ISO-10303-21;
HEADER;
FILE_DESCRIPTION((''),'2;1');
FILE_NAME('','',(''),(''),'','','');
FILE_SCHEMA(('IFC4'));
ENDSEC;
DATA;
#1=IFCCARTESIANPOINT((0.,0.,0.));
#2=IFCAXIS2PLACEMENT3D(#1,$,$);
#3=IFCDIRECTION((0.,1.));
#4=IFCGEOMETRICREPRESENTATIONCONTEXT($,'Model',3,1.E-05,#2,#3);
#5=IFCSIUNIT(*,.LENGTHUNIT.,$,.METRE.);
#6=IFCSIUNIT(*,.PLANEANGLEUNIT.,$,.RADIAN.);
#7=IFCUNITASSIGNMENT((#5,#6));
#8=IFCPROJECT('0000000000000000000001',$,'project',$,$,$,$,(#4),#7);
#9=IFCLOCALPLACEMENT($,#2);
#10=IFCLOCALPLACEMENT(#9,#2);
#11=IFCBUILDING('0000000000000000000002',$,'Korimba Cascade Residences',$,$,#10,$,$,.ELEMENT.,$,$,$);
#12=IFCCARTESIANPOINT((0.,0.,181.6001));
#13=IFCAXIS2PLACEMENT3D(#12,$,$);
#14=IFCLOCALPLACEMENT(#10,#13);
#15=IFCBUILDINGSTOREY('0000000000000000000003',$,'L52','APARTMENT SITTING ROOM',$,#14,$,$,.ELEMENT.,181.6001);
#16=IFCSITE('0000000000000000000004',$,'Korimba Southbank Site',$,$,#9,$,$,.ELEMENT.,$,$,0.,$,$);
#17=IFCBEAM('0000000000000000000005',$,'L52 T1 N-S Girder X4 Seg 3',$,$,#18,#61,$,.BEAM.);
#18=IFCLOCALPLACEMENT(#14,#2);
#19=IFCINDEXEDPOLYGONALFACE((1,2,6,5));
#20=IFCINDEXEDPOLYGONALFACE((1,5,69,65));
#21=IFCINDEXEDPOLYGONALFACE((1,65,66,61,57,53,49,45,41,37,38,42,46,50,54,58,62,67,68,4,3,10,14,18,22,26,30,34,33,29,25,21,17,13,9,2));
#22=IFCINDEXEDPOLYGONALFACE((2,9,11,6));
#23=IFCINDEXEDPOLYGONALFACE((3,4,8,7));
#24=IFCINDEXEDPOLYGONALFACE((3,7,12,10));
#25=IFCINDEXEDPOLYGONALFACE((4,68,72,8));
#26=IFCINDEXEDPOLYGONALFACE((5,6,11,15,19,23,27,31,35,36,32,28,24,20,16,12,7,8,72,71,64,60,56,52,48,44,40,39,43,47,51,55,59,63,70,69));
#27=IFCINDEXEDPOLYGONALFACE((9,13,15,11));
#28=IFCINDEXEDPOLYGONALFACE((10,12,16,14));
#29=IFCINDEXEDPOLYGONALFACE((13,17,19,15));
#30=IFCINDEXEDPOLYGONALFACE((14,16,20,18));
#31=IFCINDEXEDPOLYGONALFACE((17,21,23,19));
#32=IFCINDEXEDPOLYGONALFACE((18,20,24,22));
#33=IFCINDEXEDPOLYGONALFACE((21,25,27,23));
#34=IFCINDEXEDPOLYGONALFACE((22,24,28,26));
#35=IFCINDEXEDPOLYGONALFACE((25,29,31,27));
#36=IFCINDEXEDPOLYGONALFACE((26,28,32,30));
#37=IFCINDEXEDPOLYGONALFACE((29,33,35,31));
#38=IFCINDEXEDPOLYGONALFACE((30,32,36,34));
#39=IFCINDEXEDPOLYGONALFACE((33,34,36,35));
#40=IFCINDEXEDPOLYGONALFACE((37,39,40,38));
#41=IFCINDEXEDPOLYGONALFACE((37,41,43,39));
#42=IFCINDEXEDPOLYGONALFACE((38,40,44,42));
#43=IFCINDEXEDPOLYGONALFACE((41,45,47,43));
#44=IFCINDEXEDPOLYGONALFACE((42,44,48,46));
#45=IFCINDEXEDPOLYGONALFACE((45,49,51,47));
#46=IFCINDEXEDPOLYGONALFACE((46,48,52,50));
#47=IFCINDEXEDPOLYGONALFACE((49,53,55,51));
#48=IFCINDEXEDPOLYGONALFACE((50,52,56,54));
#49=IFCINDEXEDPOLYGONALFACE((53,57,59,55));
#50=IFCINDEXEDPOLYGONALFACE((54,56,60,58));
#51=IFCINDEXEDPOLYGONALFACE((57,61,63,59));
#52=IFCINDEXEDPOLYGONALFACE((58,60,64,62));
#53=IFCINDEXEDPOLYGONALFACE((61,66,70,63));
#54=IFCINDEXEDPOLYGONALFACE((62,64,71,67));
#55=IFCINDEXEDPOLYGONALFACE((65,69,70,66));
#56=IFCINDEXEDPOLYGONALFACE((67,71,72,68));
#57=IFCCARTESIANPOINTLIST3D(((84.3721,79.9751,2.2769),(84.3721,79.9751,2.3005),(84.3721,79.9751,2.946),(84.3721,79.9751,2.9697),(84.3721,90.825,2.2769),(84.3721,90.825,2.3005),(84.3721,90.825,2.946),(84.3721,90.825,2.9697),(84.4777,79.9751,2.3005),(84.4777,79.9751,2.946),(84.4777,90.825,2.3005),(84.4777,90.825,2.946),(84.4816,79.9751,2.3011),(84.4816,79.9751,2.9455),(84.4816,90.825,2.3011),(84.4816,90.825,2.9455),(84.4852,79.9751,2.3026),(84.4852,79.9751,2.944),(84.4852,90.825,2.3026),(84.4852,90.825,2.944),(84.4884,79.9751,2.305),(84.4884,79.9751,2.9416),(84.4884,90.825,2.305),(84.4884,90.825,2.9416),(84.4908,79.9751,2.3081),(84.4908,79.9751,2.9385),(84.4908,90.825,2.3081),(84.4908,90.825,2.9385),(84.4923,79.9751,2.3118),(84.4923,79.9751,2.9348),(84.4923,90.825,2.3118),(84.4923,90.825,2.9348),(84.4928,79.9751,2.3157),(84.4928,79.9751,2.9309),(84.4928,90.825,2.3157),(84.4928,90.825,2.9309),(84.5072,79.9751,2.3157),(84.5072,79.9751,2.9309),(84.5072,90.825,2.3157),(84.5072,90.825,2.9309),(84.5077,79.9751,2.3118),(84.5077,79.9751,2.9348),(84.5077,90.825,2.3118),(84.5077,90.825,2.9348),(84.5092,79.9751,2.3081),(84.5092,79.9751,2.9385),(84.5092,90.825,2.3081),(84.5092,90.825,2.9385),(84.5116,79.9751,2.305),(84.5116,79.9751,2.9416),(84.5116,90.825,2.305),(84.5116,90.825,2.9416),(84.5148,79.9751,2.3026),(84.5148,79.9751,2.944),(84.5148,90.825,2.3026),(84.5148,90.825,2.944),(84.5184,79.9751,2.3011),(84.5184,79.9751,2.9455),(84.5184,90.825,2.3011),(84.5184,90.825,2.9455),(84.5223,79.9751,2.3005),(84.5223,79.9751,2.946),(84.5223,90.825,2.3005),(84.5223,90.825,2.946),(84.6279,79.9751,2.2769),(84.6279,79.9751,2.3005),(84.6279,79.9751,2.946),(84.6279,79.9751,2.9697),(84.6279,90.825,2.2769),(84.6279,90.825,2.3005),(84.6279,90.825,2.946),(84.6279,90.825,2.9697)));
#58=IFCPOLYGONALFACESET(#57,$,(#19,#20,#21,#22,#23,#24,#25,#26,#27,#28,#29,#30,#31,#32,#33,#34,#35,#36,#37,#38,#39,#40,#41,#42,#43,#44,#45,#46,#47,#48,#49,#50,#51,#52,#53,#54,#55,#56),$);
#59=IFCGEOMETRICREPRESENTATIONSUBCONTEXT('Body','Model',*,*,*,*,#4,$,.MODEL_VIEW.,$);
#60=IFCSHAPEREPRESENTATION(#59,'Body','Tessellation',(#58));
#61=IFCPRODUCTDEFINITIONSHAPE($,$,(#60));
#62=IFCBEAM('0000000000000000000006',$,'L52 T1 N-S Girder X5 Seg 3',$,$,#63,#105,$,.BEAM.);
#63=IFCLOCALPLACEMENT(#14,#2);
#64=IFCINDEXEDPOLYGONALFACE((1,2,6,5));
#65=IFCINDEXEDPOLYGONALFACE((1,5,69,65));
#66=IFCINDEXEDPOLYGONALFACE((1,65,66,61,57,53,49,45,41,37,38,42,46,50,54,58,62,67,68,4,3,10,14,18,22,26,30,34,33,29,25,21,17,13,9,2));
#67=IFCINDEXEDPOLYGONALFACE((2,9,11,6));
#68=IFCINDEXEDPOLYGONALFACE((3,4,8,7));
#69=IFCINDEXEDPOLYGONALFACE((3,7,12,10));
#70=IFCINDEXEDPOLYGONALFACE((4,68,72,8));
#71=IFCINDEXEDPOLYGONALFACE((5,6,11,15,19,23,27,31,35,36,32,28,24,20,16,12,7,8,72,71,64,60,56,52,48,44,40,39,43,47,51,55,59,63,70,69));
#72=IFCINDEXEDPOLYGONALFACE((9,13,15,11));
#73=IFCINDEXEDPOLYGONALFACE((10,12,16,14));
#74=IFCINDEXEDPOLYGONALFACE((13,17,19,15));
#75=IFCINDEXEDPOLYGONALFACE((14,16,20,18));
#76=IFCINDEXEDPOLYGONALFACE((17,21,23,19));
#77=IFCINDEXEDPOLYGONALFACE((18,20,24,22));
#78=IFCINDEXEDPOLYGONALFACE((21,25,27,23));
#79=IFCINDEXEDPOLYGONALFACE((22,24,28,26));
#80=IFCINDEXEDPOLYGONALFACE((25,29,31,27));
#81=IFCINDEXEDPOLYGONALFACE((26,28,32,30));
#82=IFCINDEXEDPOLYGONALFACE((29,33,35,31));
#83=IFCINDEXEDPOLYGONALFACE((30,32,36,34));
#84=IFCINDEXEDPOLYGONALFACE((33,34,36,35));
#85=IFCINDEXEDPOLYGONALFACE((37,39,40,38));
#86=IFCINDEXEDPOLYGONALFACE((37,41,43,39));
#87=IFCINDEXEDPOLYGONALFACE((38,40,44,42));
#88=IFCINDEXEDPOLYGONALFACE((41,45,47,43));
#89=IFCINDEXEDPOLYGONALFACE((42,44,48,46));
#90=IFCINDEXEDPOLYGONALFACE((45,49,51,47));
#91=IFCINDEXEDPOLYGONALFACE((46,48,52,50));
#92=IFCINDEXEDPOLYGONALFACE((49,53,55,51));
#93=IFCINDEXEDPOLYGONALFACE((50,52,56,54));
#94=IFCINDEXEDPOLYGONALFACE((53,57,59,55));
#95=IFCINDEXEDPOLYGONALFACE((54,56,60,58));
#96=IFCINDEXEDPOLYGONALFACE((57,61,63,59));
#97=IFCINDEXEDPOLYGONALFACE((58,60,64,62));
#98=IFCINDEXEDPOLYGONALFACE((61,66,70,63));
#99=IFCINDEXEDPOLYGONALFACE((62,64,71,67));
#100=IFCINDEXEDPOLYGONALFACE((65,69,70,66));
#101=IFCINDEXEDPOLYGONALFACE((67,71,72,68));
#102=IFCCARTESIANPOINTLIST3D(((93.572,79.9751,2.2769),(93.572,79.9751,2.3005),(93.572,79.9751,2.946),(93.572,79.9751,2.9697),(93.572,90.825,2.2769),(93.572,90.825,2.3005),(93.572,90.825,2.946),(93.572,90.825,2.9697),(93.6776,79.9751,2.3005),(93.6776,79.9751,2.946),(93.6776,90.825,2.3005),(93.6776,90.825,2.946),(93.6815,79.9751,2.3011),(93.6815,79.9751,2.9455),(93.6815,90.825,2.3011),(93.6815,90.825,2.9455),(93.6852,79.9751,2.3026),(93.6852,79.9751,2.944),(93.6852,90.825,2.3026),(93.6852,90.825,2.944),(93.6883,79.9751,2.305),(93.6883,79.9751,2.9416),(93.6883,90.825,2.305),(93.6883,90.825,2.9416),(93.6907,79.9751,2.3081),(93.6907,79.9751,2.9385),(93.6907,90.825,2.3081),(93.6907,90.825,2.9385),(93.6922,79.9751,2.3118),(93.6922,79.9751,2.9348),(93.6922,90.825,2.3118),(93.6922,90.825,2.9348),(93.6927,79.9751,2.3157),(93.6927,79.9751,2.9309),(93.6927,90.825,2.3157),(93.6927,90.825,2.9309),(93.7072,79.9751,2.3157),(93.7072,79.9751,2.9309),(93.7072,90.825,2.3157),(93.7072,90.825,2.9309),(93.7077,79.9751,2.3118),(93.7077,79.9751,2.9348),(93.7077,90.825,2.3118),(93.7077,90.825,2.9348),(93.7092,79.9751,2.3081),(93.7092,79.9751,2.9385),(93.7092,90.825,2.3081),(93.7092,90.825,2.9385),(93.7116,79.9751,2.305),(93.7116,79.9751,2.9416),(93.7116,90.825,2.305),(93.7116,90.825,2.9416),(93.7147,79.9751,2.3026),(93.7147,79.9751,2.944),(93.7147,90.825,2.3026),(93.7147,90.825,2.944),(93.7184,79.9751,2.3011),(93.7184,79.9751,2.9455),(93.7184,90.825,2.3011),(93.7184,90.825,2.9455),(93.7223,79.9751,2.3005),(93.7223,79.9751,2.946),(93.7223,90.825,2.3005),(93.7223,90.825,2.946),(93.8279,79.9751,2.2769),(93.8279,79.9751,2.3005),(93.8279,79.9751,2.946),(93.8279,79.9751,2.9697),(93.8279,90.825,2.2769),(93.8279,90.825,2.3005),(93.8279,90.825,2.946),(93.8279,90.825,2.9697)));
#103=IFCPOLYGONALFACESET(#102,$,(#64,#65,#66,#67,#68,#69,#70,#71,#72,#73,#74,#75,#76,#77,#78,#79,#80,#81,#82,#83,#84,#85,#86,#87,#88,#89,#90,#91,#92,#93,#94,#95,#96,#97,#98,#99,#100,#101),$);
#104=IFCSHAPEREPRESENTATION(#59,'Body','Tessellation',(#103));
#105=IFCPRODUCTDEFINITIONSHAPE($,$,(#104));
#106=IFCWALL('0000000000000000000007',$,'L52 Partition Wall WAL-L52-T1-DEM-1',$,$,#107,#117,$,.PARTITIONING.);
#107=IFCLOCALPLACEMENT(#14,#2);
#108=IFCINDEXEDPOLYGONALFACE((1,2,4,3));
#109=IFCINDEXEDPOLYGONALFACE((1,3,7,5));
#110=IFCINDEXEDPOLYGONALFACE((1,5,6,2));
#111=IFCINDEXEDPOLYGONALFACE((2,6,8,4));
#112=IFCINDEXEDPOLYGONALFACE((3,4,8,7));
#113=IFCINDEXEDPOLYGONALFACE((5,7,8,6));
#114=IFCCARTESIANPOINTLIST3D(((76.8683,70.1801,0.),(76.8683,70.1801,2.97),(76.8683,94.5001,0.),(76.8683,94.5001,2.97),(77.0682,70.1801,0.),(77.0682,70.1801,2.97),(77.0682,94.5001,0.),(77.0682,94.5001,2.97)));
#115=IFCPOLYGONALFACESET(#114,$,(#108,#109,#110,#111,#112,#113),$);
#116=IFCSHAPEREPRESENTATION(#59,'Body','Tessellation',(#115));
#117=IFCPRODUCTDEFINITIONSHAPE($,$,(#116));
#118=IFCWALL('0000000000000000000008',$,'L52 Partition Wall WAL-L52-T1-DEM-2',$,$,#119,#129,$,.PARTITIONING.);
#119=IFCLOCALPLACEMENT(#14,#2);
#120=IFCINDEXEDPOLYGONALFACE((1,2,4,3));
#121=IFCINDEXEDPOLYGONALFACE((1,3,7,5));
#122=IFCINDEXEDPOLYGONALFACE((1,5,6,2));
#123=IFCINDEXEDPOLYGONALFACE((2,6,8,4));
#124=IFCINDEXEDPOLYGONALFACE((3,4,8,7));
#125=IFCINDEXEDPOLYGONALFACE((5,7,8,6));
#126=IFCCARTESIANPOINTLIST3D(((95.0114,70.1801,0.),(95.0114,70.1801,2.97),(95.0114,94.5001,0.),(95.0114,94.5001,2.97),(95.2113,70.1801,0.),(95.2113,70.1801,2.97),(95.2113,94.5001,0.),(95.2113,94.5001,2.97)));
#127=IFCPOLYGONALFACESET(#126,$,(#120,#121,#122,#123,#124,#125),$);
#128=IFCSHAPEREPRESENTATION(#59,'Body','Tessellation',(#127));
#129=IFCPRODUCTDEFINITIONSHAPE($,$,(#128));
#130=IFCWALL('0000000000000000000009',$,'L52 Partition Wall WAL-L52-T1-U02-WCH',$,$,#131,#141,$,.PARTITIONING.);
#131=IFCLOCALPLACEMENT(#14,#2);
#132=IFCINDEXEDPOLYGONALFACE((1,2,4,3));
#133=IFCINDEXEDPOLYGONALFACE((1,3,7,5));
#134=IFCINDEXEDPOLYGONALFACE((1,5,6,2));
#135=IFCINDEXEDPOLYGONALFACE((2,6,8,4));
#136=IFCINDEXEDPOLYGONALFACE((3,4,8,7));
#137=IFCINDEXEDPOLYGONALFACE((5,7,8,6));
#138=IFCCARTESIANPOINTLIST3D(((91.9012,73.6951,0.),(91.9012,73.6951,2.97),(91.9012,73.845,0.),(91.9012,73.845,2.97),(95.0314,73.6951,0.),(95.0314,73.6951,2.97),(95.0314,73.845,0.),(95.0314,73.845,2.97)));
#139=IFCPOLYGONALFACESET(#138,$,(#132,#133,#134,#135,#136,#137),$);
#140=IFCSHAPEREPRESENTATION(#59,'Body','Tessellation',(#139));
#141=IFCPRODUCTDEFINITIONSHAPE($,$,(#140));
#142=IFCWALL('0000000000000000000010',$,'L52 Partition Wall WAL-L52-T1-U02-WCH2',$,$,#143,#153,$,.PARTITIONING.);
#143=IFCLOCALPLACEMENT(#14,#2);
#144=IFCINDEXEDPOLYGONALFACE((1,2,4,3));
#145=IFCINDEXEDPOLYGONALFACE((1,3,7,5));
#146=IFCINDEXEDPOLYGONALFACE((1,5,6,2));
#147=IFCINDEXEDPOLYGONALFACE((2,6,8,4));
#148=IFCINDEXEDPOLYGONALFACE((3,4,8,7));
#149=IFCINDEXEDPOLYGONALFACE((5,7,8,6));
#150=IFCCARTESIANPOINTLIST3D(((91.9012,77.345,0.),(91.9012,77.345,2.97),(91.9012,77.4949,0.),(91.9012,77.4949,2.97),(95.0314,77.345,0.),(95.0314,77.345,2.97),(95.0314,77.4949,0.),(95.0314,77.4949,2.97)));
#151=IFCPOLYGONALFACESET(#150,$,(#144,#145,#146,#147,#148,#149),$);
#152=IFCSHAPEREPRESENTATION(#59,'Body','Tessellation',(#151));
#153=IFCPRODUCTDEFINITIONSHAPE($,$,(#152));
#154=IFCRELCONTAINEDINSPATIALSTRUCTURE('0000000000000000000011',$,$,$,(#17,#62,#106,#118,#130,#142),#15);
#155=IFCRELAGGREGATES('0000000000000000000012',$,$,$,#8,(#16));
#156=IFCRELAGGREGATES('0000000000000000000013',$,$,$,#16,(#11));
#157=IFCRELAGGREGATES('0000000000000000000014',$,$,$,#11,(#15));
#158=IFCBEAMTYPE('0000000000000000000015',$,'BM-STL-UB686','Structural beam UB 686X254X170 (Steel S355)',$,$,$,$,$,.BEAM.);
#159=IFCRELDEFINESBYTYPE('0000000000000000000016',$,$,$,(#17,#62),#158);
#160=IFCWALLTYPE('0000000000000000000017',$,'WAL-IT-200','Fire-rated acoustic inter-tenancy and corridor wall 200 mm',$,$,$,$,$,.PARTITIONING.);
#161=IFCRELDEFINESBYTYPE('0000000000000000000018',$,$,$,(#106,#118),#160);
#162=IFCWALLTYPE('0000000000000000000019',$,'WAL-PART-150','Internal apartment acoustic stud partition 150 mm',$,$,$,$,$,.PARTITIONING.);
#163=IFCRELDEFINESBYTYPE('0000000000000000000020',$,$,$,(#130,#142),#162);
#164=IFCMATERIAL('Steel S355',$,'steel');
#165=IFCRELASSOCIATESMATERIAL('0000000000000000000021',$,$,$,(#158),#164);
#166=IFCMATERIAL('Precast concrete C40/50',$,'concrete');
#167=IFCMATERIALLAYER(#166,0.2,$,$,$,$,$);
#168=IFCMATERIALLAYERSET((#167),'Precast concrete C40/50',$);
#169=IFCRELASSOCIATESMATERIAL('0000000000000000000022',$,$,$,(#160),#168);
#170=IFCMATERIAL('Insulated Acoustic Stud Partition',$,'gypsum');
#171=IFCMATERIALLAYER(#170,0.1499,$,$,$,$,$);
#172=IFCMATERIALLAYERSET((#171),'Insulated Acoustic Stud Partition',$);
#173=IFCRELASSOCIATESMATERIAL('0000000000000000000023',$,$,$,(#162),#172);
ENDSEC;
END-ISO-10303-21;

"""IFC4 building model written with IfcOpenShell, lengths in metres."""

from ifc_helpers import new_model, si_unit, direction, frame, frame_2d, origin, origin_2d, place, context, subcontext, project, spatial, rectangle, i_section, extrude, material, layer, layer_set, material_profile, profile_set, type_object, element, save


model = new_model("IFC4")

# Units and contexts
model_context = context("Model", 3, precision=1e-05, world=origin(), true_north=direction((0.0, 1.0)))
body_context = subcontext(model_context, "Body", "Model", "MODEL_VIEW")
ifc_project = project(units=[si_unit("LENGTHUNIT", "METRE"), si_unit("PLANEANGLEUNIT", "RADIAN")], contexts=[model_context])

# Site, building, storey
site_placement = place(None, origin())
site = spatial("IfcSite", under=ifc_project, at=site_placement, Name="Korimba Southbank Site", CompositionType="ELEMENT", RefElevation=0.0)
building_placement = place(site_placement, origin())
building = spatial("IfcBuilding", under=site, at=building_placement, Name="Korimba Cascade Residences", CompositionType="ELEMENT")
storey_placement = place(building_placement, frame((0.0, 0.0, 181.6001)))
storey = spatial("IfcBuildingStorey", under=building, at=storey_placement, Name="L52", Description="APARTMENT SITTING ROOM", CompositionType="ELEMENT", Elevation=181.6001)

# Beams
ifc_material_1 = material(Name="Steel S355", Category="steel")
ifc_material_profile_1 = material_profile(ifc_material_1, i_section(OverallWidth=0.2559, OverallDepth=0.6929, WebThickness=0.0144, FlangeThickness=0.0237, FilletRadius=0.0151, at=origin_2d()), Name="Steel S355")
ifc_profile_set_1 = profile_set([ifc_material_profile_1], Name="Steel S355")
beam_type_1 = type_object("IfcBeamType", Name="BM-STL-UB686", Description="Structural beam UB 686X254X170 (Steel S355)", PredefinedType="BEAM", material=ifc_profile_set_1)
for number, where, z_axis, x_axis, name in (
    (1, (84.5, 79.9751, 2.6233), (0.0, 1.0, 0.0), (-1.0, 0.0, 0.0), "L52 T1 N-S Girder X4 Seg 3"),
    (2, (93.7, 79.9751, 2.6233), (0.0, 1.0, 0.0), (-1.0, 0.0, 0.0), "L52 T1 N-S Girder X5 Seg 3"),
):
    element("IfcBeam", number, at=place(storey_placement, frame(where, z_axis=z_axis, x_axis=x_axis)), inside=storey, type_object=beam_type_1, Name=name, PredefinedType="BEAM", context=body_context, shape_type="SweptSolid", body=[
        extrude(i_section(OverallWidth=0.2559, OverallDepth=0.6929, WebThickness=0.0144, FlangeThickness=0.0237, FilletRadius=0.0151, at=origin_2d()), origin(), (0.0, 0.0, 1.0), 10.8499),
    ])

# Walls
ifc_material_2 = material(Name="Precast concrete C40/50", Category="concrete")
ifc_layer_1 = layer(ifc_material_2, 0.2)
ifc_layer_set_1 = layer_set([ifc_layer_1], Name="Precast concrete C40/50")
wall_type_1 = type_object("IfcWallType", Name="WAL-IT-200", Description="Fire-rated acoustic inter-tenancy and corridor wall 200 mm", PredefinedType="PARTITIONING", material=ifc_layer_set_1)
for number, where, z_axis, x_axis, name in (
    (3, (76.9683, 70.1799, 0.0), (0.0, 0.0, 1.0), (0.0, 1.0, 0.0), "L52 Partition Wall WAL-L52-T1-DEM-1"),
    (4, (95.1113, 70.1799, 0.0), (0.0, 0.0, 1.0), (0.0, 1.0, 0.0), "L52 Partition Wall WAL-L52-T1-DEM-2"),
):
    element("IfcWall", number, at=place(storey_placement, frame(where, z_axis=z_axis, x_axis=x_axis)), inside=storey, type_object=wall_type_1, Name=name, PredefinedType="PARTITIONING", context=body_context, shape_type="SweptSolid", body=[
        extrude(rectangle(XDim=24.3201, YDim=0.2, at=frame_2d((12.1602, 0.0))), origin(), (0.0, 0.0, 1.0), 2.97),
    ])
ifc_material_3 = material(Name="Insulated Acoustic Stud Partition", Category="gypsum")
ifc_layer_2 = layer(ifc_material_3, 0.1499)
ifc_layer_set_2 = layer_set([ifc_layer_2], Name="Insulated Acoustic Stud Partition")
wall_type_2 = type_object("IfcWallType", Name="WAL-PART-150", Description="Internal apartment acoustic stud partition 150 mm", PredefinedType="PARTITIONING", material=ifc_layer_set_2)
for number, where, z_axis, x_axis, name in (
    (5, (91.9014, 73.77, 0.0), (0.0, 0.0, 1.0), (1.0, 0.0, 0.0), "L52 Partition Wall WAL-L52-T1-U02-WCH"),
    (6, (91.9014, 77.4199, 0.0), (0.0, 0.0, 1.0), (1.0, 0.0, 0.0), "L52 Partition Wall WAL-L52-T1-U02-WCH2"),
):
    element("IfcWall", number, at=place(storey_placement, frame(where, z_axis=z_axis, x_axis=x_axis)), inside=storey, type_object=wall_type_2, Name=name, PredefinedType="PARTITIONING", context=body_context, shape_type="SweptSolid", body=[
        extrude(rectangle(XDim=3.1301, YDim=0.1499, at=frame_2d((1.5649, 0.0))), origin(), (0.0, 0.0, 1.0), 2.97),
    ])

save(model, "model.ifc")
